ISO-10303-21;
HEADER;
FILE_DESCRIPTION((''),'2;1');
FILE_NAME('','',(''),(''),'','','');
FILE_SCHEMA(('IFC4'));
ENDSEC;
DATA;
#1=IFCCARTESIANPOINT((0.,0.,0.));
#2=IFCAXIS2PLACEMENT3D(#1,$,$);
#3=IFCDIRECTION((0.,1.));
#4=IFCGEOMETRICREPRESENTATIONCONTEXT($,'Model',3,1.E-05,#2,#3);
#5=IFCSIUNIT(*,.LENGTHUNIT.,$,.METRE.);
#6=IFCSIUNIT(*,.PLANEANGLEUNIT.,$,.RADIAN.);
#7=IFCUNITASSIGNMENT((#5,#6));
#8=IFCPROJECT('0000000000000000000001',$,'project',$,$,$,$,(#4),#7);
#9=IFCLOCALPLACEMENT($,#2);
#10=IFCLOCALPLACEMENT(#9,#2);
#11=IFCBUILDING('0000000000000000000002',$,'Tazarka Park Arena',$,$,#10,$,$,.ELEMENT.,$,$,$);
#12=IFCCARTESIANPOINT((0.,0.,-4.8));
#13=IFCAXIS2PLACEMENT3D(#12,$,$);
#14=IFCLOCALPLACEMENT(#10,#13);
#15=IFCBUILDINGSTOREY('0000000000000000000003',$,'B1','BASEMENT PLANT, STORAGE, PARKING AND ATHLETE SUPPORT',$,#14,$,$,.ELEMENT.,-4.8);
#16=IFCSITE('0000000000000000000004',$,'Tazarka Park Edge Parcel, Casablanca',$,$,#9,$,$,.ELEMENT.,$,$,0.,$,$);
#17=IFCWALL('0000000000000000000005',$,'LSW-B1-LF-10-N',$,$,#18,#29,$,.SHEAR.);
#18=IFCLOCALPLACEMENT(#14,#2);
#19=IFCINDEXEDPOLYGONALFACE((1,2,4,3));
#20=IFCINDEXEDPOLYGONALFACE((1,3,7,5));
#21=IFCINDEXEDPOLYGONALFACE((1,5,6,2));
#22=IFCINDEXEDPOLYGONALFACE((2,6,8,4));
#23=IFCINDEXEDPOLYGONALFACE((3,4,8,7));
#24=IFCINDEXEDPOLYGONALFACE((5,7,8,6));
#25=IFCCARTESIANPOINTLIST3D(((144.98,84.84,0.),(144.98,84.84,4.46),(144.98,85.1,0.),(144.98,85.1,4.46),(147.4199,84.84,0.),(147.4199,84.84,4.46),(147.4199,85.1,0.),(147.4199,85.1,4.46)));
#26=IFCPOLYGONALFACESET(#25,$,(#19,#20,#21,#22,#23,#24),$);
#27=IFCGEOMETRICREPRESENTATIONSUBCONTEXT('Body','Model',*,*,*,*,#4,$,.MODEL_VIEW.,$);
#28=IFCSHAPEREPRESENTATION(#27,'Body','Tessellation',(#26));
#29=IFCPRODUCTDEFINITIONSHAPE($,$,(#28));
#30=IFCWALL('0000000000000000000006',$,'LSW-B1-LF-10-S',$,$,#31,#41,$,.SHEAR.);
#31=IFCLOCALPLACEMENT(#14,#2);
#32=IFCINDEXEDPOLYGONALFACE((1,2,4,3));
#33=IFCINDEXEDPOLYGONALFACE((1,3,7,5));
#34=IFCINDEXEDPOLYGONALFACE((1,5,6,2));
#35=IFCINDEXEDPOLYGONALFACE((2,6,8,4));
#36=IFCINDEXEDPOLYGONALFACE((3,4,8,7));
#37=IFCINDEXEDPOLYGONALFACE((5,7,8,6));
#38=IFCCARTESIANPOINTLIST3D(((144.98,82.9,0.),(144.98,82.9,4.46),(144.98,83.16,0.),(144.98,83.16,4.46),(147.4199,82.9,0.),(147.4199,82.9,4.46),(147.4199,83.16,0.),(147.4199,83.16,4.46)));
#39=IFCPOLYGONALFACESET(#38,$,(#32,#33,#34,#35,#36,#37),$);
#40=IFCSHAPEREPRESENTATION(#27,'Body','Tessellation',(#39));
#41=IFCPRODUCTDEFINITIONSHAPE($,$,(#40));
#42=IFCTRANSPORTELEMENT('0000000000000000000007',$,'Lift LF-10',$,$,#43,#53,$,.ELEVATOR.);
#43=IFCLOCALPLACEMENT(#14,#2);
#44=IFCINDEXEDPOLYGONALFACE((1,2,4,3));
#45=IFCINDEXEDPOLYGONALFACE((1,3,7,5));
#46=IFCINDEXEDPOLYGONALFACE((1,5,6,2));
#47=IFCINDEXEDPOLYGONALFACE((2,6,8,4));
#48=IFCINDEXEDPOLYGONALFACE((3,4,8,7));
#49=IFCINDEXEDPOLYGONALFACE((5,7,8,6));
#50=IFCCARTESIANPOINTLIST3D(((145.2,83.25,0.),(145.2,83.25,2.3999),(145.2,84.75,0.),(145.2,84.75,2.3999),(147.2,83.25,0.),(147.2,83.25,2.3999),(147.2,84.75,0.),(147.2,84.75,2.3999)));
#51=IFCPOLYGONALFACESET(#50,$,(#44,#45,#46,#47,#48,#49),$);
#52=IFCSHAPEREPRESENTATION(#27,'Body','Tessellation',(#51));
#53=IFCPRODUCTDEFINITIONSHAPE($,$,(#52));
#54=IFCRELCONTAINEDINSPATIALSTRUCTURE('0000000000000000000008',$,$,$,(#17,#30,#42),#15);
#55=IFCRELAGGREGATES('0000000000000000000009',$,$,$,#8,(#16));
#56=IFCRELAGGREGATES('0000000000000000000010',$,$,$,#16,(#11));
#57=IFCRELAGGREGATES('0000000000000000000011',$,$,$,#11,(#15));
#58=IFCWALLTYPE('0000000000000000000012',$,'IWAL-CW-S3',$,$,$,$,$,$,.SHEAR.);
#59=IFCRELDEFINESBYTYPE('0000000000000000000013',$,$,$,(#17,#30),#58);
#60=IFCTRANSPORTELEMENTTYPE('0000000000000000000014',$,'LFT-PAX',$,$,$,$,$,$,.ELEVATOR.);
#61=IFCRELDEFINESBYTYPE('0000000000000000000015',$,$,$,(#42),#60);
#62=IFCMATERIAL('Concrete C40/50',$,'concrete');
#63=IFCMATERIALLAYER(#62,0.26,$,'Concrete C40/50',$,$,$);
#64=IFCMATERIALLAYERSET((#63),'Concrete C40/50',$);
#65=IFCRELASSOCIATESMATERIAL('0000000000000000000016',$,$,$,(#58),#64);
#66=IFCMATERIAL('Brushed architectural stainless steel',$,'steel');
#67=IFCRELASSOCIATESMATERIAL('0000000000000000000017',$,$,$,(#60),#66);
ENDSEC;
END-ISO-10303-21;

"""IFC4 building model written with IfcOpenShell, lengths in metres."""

from ifc_helpers import new_model, si_unit, direction, frame, frame_2d, origin, origin_2d, place, context, subcontext, project, spatial, rectangle, extrude, material, layer, layer_set, type_object, element, save


model = new_model("IFC4")

# Units and contexts
model_context = context("Model", 3, precision=1e-05, world=origin(), true_north=direction((0.0, 1.0)))
body_context = subcontext(model_context, "Body", "Model", "MODEL_VIEW")
ifc_project = project(units=[si_unit("LENGTHUNIT", "METRE"), si_unit("PLANEANGLEUNIT", "RADIAN")], contexts=[model_context])

# Site, building, storey
site_placement = place(None, origin())
site = spatial("IfcSite", under=ifc_project, at=site_placement, Name="Tazarka Park Edge Parcel, Casablanca", CompositionType="ELEMENT", RefElevation=0.0)
building_placement = place(site_placement, origin())
building = spatial("IfcBuilding", under=site, at=building_placement, Name="Tazarka Park Arena", CompositionType="ELEMENT")
storey_placement = place(building_placement, frame((0.0, 0.0, -4.8)))
storey = spatial("IfcBuildingStorey", under=building, at=storey_placement, Name="B1", Description="BASEMENT PLANT, STORAGE, PARKING AND ATHLETE SUPPORT", CompositionType="ELEMENT", Elevation=-4.8)

# Walls
ifc_material_1 = material(Name="Concrete C40/50", Category="concrete")
ifc_layer = layer(ifc_material_1, 0.26, Name="Concrete C40/50")
ifc_layer_set = layer_set([ifc_layer], Name="Concrete C40/50")
wall_type = type_object("IfcWallType", Name="IWAL-CW-S3", PredefinedType="SHEAR", material=ifc_layer_set)
for number, where, z_axis, x_axis, name in (
    (1, (144.98, 84.97, 0.0), (0.0, 0.0, 1.0), (1.0, 0.0, 0.0), "LSW-B1-LF-10-N"),
    (2, (147.4199, 83.03, 0.0), (0.0, 0.0, 1.0), (-1.0, 0.0, 0.0), "LSW-B1-LF-10-S"),
):
    element("IfcWall", number, at=place(storey_placement, frame(where, z_axis=z_axis, x_axis=x_axis)), inside=storey, type_object=wall_type, Name=name, PredefinedType="SHEAR", context=body_context, shape_type="SweptSolid", body=[
        extrude(rectangle(XDim=2.4399, YDim=0.26, at=frame_2d((1.22, 0.0))), origin(), (0.0, 0.0, 1.0), 4.46),
    ])

# Transport element
ifc_material_2 = material(Name="Brushed architectural stainless steel", Category="steel")
transport_element_type = type_object("IfcTransportElementType", Name="LFT-PAX", PredefinedType="ELEVATOR", material=ifc_material_2)
transport_element_placement = place(storey_placement, frame((146.2, 84.0, 0.0), z_axis=(0.0, 0.0, 1.0), x_axis=(1.0, 0.0, 0.0)))
element("IfcTransportElement", 3, at=transport_element_placement, inside=storey, type_object=transport_element_type, Name="Lift LF-10", PredefinedType="ELEVATOR", context=body_context, shape_type="SweptSolid", body=[
    extrude(rectangle(XDim=2.0, YDim=1.5, at=origin_2d()), origin(), (0.0, 0.0, 1.0), 2.3999),
])

save(model, "model.ifc")
